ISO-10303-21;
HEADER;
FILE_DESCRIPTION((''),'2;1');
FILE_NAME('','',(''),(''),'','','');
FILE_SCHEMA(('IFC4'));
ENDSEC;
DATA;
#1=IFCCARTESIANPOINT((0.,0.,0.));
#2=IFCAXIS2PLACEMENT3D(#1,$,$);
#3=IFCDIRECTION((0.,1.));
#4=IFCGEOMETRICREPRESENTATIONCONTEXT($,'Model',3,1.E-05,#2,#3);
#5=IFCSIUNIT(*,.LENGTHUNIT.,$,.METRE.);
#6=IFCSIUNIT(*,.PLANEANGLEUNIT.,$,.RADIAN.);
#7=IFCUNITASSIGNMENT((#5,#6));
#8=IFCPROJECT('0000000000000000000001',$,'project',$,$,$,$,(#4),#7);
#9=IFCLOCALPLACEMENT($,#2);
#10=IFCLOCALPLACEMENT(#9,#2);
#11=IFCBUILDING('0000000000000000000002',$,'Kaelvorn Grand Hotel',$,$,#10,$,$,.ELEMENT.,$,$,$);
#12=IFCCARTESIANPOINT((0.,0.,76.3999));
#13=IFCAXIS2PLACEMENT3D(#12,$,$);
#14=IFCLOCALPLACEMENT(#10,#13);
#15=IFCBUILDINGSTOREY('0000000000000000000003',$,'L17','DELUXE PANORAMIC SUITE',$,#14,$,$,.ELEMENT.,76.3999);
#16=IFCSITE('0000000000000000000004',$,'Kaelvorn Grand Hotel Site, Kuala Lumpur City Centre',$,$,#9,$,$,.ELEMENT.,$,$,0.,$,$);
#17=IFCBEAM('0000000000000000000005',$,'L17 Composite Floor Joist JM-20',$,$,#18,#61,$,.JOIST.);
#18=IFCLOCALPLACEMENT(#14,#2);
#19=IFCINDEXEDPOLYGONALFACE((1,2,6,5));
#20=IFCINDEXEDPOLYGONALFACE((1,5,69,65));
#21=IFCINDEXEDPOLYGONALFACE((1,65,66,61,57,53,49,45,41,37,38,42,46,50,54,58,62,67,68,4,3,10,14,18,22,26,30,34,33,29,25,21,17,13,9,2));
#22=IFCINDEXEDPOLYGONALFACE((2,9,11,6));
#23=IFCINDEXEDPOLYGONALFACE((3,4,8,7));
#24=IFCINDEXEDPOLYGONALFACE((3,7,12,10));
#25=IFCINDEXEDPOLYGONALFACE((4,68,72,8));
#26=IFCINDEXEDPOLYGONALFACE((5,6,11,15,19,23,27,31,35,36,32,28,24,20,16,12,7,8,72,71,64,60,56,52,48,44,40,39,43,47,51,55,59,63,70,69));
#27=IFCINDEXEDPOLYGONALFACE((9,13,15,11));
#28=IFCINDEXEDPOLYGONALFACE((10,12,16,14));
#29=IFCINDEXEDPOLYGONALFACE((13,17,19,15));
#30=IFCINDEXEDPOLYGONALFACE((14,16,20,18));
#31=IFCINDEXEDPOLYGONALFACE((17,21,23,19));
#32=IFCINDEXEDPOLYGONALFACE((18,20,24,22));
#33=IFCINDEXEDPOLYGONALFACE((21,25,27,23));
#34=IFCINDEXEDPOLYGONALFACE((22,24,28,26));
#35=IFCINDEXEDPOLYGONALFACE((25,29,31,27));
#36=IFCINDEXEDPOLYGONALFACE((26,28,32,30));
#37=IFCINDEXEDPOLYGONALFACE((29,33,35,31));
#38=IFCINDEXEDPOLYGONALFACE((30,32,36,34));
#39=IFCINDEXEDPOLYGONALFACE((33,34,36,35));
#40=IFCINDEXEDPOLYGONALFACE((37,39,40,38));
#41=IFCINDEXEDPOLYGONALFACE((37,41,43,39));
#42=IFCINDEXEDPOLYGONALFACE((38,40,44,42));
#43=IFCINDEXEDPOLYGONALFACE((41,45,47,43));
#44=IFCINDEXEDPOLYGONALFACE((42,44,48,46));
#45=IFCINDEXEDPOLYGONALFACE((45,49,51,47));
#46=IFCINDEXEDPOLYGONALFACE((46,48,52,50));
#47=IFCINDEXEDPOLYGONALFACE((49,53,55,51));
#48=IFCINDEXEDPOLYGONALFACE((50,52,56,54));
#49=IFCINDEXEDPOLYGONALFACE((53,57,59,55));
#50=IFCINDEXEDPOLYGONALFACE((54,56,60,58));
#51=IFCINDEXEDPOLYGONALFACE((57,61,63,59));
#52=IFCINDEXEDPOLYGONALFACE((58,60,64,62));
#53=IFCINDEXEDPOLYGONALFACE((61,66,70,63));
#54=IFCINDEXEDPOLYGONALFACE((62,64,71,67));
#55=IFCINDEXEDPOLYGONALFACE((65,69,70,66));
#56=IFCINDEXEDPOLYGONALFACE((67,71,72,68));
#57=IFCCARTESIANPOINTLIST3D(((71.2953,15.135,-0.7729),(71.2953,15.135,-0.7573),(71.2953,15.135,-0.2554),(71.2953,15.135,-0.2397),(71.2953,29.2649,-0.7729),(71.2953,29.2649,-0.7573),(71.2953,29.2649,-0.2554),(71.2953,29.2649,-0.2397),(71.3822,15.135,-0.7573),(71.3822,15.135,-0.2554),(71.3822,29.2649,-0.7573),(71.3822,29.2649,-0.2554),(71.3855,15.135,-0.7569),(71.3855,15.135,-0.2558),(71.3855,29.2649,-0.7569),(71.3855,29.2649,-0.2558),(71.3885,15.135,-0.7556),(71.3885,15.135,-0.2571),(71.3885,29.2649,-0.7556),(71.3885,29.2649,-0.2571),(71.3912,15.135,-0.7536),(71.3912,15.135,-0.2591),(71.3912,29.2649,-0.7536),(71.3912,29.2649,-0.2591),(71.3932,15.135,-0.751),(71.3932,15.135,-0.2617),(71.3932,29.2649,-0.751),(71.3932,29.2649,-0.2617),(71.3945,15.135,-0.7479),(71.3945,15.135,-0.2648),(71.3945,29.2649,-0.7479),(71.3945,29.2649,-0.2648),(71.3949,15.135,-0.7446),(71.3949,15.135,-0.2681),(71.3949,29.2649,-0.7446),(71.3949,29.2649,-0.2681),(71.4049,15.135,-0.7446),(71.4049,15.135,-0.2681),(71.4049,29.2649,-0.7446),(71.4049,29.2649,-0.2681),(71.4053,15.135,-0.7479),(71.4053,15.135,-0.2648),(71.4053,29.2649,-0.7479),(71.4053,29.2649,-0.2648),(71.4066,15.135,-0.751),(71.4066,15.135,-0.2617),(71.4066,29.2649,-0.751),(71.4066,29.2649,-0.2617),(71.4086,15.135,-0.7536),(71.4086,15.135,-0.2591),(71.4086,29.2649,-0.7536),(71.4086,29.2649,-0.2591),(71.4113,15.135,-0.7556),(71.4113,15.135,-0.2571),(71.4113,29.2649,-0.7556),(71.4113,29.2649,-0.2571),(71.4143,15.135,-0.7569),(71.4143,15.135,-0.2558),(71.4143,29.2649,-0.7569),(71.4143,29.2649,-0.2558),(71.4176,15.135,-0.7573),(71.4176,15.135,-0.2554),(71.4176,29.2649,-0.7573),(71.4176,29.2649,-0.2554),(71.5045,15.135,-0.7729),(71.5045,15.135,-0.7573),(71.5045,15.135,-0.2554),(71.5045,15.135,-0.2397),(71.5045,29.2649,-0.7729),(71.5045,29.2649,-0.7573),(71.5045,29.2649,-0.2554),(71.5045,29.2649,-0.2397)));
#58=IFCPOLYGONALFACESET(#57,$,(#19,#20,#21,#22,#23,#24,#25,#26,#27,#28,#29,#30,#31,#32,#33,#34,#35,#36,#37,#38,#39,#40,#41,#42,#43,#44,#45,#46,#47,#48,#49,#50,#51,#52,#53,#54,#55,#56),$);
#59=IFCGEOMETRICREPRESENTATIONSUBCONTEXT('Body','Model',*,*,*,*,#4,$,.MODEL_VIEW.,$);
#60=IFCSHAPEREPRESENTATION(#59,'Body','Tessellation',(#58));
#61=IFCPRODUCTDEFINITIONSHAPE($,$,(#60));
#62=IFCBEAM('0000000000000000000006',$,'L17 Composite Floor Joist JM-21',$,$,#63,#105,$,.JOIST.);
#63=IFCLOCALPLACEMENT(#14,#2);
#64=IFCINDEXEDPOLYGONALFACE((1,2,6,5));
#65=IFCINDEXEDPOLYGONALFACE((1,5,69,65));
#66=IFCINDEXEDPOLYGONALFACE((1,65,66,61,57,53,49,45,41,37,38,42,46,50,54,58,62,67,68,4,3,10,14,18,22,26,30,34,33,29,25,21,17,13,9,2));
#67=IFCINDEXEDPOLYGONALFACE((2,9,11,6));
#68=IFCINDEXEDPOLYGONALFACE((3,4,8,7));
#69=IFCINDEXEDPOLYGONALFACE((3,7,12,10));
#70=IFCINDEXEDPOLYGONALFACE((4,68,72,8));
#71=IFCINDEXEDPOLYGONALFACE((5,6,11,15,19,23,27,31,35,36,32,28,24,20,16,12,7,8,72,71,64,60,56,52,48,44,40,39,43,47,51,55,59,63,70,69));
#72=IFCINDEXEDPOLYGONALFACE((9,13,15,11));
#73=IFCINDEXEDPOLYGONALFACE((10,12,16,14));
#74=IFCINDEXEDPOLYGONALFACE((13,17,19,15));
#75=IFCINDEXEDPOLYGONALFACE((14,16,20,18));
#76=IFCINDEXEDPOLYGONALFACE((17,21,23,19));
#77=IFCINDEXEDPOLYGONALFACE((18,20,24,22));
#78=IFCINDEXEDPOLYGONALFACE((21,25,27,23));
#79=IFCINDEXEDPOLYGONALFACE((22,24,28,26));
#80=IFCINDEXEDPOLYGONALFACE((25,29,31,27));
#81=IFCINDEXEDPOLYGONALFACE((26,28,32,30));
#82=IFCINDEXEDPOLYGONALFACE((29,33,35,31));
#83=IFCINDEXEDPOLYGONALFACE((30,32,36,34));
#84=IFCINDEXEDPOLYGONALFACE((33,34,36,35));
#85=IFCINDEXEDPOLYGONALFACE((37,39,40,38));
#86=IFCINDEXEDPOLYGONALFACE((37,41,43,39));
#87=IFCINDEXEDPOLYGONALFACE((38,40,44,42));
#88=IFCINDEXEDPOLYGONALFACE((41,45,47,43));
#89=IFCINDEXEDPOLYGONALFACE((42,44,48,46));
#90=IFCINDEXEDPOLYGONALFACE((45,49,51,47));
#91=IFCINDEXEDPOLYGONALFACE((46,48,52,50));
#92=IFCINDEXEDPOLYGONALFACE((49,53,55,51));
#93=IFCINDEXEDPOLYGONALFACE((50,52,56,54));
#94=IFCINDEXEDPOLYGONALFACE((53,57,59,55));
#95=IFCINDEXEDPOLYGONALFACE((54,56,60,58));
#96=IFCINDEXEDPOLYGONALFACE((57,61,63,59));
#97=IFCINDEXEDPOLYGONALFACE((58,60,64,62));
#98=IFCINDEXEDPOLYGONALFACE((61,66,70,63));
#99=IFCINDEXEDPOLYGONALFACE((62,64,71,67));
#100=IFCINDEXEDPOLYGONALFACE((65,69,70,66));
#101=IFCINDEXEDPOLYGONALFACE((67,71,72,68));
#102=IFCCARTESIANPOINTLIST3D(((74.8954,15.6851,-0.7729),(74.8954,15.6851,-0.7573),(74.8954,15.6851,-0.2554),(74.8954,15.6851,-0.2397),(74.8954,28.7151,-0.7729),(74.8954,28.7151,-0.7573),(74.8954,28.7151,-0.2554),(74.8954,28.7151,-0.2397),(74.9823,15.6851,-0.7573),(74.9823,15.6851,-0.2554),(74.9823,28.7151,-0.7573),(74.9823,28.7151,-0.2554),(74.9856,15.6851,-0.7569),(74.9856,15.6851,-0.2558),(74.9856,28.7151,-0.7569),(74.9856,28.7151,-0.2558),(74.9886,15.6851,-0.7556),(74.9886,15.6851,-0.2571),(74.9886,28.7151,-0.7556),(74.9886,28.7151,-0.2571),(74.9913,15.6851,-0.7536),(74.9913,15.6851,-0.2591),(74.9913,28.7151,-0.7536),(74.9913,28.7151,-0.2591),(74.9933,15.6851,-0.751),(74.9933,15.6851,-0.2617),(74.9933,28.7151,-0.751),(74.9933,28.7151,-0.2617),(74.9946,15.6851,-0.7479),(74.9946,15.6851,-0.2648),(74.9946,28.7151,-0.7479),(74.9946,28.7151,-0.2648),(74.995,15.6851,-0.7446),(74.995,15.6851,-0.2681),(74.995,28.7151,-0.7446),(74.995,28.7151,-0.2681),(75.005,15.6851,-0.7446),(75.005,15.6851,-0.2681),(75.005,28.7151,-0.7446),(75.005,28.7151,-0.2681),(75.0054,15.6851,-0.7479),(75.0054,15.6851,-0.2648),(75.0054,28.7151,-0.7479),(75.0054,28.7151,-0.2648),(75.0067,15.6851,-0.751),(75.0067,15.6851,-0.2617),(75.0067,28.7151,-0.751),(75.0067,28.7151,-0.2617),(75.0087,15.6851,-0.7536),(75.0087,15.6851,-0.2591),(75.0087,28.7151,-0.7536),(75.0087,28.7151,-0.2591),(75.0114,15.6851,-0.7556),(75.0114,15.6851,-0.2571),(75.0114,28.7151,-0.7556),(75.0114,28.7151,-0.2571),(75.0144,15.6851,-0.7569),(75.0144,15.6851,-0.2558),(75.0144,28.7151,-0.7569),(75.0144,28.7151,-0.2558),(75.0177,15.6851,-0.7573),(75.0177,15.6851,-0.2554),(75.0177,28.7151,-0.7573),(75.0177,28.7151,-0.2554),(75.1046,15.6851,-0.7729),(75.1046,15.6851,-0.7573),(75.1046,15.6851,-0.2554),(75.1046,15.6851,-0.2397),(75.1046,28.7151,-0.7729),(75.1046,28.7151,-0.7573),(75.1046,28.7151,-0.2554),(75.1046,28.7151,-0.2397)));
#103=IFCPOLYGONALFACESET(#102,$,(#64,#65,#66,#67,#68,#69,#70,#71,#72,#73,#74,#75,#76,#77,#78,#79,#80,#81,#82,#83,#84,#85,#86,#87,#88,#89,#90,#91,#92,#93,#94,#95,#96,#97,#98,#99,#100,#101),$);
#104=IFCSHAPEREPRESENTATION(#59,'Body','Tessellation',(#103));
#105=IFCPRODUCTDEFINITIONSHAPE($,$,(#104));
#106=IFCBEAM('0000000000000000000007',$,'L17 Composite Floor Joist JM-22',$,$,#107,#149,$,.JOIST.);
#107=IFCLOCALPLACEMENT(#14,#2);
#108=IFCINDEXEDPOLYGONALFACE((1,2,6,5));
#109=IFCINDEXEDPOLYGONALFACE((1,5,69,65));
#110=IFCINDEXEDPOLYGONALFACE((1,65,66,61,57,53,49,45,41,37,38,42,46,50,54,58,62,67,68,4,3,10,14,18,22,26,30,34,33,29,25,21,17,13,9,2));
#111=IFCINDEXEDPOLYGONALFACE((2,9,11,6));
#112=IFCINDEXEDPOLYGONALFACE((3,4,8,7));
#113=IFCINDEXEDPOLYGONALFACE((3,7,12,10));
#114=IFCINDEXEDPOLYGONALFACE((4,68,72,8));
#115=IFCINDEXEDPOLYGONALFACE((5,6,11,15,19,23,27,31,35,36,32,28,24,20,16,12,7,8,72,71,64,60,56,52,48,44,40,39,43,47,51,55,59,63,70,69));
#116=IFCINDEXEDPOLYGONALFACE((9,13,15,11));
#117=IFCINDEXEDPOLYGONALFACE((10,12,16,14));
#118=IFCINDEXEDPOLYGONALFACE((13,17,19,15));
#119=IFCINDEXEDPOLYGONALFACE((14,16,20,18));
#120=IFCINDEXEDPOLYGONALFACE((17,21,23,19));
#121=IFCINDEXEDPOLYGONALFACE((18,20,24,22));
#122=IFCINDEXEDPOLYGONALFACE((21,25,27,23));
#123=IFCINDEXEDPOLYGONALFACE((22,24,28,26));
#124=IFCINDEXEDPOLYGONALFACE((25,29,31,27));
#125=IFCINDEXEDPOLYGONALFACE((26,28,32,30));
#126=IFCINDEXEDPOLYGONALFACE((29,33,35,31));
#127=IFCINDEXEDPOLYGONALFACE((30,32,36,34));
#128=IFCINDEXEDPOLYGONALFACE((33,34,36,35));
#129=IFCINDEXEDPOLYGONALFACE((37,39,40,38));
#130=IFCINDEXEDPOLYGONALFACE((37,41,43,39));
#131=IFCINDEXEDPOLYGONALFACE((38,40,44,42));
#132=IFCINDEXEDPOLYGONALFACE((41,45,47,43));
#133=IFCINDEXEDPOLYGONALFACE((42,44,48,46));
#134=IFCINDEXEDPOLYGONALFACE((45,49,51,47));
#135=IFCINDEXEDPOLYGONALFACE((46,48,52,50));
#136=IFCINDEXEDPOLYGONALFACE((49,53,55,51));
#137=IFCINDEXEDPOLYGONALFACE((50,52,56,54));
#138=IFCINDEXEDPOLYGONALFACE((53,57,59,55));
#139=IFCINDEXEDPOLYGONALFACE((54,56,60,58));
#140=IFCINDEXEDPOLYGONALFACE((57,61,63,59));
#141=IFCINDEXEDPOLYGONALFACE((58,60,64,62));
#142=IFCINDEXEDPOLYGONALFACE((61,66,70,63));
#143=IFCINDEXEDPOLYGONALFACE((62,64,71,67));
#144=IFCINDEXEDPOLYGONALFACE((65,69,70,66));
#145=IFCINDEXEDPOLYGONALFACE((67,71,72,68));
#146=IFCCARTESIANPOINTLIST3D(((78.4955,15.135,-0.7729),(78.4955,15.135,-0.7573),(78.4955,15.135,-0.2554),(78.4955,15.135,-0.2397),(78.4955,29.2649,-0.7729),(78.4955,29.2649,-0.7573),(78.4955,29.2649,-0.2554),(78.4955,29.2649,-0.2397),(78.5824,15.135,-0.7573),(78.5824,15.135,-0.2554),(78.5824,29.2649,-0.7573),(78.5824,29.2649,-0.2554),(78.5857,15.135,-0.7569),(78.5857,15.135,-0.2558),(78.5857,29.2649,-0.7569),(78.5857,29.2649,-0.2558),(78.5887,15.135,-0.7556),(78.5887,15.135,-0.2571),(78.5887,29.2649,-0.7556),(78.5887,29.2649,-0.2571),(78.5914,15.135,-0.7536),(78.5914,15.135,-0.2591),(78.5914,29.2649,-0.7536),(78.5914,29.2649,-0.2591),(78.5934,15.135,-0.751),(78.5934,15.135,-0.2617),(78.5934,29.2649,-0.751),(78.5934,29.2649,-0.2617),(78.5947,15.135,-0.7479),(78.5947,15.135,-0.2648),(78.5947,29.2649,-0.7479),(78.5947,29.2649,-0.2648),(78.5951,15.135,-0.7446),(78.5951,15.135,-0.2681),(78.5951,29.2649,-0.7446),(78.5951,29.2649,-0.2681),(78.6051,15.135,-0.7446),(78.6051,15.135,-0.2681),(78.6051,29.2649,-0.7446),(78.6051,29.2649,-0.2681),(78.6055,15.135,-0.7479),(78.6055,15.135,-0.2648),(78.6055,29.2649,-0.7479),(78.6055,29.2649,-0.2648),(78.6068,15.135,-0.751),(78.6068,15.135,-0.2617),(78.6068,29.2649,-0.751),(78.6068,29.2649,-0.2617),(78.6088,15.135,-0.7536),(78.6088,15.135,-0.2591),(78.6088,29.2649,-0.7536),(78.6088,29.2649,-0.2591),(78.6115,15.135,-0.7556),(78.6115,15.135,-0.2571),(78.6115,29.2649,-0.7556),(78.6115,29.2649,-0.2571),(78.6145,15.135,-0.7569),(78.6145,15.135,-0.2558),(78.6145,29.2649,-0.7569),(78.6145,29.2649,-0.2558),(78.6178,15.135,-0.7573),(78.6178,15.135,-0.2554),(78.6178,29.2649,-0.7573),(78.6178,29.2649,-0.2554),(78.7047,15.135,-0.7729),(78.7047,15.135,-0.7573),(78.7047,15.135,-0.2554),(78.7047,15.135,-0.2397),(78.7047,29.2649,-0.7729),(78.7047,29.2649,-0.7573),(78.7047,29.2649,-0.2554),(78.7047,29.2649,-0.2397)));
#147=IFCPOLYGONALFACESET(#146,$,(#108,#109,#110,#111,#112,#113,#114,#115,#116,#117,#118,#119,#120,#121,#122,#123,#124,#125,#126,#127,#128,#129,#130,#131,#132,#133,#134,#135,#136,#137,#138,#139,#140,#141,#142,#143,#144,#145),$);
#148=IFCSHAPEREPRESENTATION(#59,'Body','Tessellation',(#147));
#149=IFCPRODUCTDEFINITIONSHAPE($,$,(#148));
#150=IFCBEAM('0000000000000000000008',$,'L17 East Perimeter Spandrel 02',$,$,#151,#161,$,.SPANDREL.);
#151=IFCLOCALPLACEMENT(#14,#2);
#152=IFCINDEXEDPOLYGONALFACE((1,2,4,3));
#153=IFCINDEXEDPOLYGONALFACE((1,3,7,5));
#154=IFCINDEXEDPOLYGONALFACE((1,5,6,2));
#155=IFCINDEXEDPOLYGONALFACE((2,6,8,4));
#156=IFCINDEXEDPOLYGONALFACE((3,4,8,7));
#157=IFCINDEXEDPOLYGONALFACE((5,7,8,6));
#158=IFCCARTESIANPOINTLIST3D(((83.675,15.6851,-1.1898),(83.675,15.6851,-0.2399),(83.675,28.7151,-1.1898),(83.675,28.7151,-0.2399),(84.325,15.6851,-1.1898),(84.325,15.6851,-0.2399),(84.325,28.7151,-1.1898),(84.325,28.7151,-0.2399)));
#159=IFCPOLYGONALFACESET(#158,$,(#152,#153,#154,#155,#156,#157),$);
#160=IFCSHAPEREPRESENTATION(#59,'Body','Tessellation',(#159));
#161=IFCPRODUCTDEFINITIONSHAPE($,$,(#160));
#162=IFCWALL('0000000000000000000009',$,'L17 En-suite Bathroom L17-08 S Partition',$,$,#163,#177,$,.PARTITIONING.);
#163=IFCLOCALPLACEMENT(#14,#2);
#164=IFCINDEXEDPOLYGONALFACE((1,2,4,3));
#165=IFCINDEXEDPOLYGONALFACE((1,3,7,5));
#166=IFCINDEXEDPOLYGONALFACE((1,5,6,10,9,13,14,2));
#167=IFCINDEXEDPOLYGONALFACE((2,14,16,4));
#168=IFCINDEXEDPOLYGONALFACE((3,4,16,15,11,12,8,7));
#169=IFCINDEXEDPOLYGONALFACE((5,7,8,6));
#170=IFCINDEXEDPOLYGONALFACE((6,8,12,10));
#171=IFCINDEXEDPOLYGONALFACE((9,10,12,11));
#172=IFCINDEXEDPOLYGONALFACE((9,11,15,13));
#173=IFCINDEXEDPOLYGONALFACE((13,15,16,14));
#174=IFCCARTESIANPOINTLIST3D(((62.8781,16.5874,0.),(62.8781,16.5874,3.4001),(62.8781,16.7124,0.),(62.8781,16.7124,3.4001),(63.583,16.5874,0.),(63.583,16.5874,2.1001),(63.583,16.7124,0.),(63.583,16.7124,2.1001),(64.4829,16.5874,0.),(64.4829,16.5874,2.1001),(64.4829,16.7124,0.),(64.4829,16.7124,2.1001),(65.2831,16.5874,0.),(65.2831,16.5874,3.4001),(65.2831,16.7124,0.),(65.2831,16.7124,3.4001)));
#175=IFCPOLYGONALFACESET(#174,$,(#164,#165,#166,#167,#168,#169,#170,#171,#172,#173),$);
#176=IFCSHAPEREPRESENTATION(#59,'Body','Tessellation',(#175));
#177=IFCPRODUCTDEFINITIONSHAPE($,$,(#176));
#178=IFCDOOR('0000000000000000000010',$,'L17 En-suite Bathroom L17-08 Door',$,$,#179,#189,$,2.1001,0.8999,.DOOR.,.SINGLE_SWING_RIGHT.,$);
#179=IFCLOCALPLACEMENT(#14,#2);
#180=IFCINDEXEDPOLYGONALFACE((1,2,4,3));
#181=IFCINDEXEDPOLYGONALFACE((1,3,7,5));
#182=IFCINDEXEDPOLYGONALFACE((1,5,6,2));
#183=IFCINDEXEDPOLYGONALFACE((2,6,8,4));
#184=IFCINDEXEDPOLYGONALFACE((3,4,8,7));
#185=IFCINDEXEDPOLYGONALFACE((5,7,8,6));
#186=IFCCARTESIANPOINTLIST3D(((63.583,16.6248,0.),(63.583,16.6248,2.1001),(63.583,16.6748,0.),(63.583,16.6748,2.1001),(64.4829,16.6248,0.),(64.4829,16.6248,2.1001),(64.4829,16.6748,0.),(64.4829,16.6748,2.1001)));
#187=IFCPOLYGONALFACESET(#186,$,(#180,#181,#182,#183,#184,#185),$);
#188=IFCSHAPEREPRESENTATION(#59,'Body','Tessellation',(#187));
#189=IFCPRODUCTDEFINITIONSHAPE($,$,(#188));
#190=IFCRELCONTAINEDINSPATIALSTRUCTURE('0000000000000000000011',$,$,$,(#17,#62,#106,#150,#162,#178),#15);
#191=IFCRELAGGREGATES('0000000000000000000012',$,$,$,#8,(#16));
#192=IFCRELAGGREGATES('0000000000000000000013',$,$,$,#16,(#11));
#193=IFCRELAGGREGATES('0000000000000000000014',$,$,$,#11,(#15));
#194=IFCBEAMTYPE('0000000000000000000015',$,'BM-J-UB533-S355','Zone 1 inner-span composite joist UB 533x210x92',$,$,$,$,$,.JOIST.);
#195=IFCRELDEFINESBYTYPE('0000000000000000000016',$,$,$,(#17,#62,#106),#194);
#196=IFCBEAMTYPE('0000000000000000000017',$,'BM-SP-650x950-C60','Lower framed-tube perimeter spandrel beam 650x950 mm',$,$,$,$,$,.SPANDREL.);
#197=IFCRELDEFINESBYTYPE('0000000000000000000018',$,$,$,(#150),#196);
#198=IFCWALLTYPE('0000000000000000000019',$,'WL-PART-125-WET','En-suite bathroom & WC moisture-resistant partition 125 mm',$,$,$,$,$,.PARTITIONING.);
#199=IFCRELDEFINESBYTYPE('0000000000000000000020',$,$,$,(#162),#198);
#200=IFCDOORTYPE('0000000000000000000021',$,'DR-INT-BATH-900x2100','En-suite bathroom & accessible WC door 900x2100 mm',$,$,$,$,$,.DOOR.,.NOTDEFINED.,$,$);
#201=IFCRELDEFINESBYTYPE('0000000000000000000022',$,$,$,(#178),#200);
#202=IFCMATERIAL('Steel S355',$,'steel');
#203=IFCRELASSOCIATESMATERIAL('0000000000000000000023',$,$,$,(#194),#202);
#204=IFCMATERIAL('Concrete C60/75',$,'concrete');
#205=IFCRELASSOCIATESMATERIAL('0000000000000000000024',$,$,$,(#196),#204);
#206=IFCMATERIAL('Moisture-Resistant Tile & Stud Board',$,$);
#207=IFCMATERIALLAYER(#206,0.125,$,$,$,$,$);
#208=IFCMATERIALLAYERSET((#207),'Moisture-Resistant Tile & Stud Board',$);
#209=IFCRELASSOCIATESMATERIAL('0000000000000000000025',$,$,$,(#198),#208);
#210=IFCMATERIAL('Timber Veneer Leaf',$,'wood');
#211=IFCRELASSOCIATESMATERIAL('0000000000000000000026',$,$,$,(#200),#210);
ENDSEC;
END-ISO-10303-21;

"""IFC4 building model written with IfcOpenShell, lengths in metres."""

from ifc_helpers import new_model, si_unit, direction, frame, frame_2d, origin, origin_2d, place, context, subcontext, project, spatial, rectangle, i_section, extrude, material, layer, layer_set, material_profile, profile_set, type_object, element, fill, save


model = new_model("IFC4")

# Units and contexts
model_context = context("Model", 3, precision=1e-05, world=origin(), true_north=direction((0.0, 1.0)))
body_context = subcontext(model_context, "Body", "Model", "MODEL_VIEW")
ifc_project = project(units=[si_unit("LENGTHUNIT", "METRE"), si_unit("PLANEANGLEUNIT", "RADIAN")], contexts=[model_context])

# Site, building, storey
site_placement = place(None, origin())
site = spatial("IfcSite", under=ifc_project, at=site_placement, Name="Kaelvorn Grand Hotel Site, Kuala Lumpur City Centre", CompositionType="ELEMENT", RefElevation=0.0)
building_placement = place(site_placement, origin())
building = spatial("IfcBuilding", under=site, at=building_placement, Name="Kaelvorn Grand Hotel", CompositionType="ELEMENT")
storey_placement = place(building_placement, frame((0.0, 0.0, 76.3999)))
storey = spatial("IfcBuildingStorey", under=building, at=storey_placement, Name="L17", Description="DELUXE PANORAMIC SUITE", CompositionType="ELEMENT", Elevation=76.3999)

# Beams
ifc_material_1 = material(Name="Steel S355", Category="steel")
ifc_material_profile_1 = material_profile(ifc_material_1, i_section(OverallWidth=0.2092, OverallDepth=0.5332, WebThickness=0.01, FlangeThickness=0.0156, FilletRadius=0.0127, at=origin_2d()), Name="UB 533x210x92")
ifc_profile_set_1 = profile_set([ifc_material_profile_1], Name="Steel S355")
beam_type_1 = type_object("IfcBeamType", Name="BM-J-UB533-S355", Description="Zone 1 inner-span composite joist UB 533x210x92", PredefinedType="JOIST", material=ifc_profile_set_1)
beam_1_placement = place(storey_placement, frame((71.3999, 15.135, -0.5063), z_axis=(0.0, 1.0, 0.0), x_axis=(-1.0, 0.0, 0.0)))
element("IfcBeam", 1, at=beam_1_placement, inside=storey, type_object=beam_type_1, Name="L17 Composite Floor Joist JM-20", PredefinedType="JOIST", context=body_context, shape_type="SweptSolid", body=[
    extrude(i_section(OverallWidth=0.2092, OverallDepth=0.5332, WebThickness=0.01, FlangeThickness=0.0156, FilletRadius=0.0127, at=origin_2d()), origin(), (0.0, 0.0, 1.0), 14.1299),
])
beam_2_placement = place(storey_placement, frame((75.0, 15.6851, -0.5063), z_axis=(0.0, 1.0, 0.0), x_axis=(-1.0, 0.0, 0.0)))
element("IfcBeam", 2, at=beam_2_placement, inside=storey, type_object=beam_type_1, Name="L17 Composite Floor Joist JM-21", PredefinedType="JOIST", context=body_context, shape_type="SweptSolid", body=[
    extrude(i_section(OverallWidth=0.2092, OverallDepth=0.5332, WebThickness=0.01, FlangeThickness=0.0156, FilletRadius=0.0127, at=origin_2d()), origin(), (0.0, 0.0, 1.0), 13.03),
])
beam_3_placement = place(storey_placement, frame((78.6001, 15.135, -0.5063), z_axis=(0.0, 1.0, 0.0), x_axis=(-1.0, 0.0, 0.0)))
element("IfcBeam", 3, at=beam_3_placement, inside=storey, type_object=beam_type_1, Name="L17 Composite Floor Joist JM-22", PredefinedType="JOIST", context=body_context, shape_type="SweptSolid", body=[
    extrude(i_section(OverallWidth=0.2092, OverallDepth=0.5332, WebThickness=0.01, FlangeThickness=0.0156, FilletRadius=0.0127, at=origin_2d()), origin(), (0.0, 0.0, 1.0), 14.1299),
])
ifc_material_2 = material(Name="Concrete C60/75", Category="concrete")
ifc_material_profile_2 = material_profile(ifc_material_2, rectangle(XDim=0.6499, YDim=0.95, at=origin_2d()), Name="RC SPANDREL 650x950")
ifc_profile_set_2 = profile_set([ifc_material_profile_2], Name="Concrete C60/75")
beam_type_2 = type_object("IfcBeamType", Name="BM-SP-650x950-C60", Description="Lower framed-tube perimeter spandrel beam 650x950 mm", PredefinedType="SPANDREL", material=ifc_profile_set_2)
beam_4_placement = place(storey_placement, frame((84.0, 15.6851, -0.7148), z_axis=(0.0, 1.0, 0.0), x_axis=(-1.0, 0.0, 0.0)))
element("IfcBeam", 4, at=beam_4_placement, inside=storey, type_object=beam_type_2, Name="L17 East Perimeter Spandrel 02", PredefinedType="SPANDREL", context=body_context, shape_type="SweptSolid", body=[
    extrude(rectangle(XDim=0.6499, YDim=0.95, at=origin_2d()), origin(), (0.0, 0.0, 1.0), 13.03),
])

# Wall, opening, door
ifc_material_3 = material(Name="Moisture-Resistant Tile & Stud Board")
ifc_layer_1 = layer(ifc_material_3, 0.125)
ifc_layer_set_1 = layer_set([ifc_layer_1], Name="Moisture-Resistant Tile & Stud Board")
wall_type_1 = type_object("IfcWallType", Name="WL-PART-125-WET", Description="En-suite bathroom & WC moisture-resistant partition 125 mm", PredefinedType="PARTITIONING", material=ifc_layer_set_1)
wall_1_placement = place(storey_placement, frame((62.8779, 16.6499, 0.0), z_axis=(0.0, 0.0, 1.0), x_axis=(1.0, 0.0, 0.0)))
wall_1 = element("IfcWall", 5, at=wall_1_placement, inside=storey, type_object=wall_type_1, Name="L17 En-suite Bathroom L17-08 S Partition", PredefinedType="PARTITIONING", context=body_context, shape_type="SweptSolid", body=[
    extrude(rectangle(XDim=2.405, YDim=0.125, at=frame_2d((1.2026, 0.0))), origin(), (0.0, 0.0, 1.0), 3.4001),
])
opening_1_placement = place(wall_1_placement, frame((0.7051, 0.0, 0.0)))
opening_1 = element("IfcOpeningElement", 6, at=opening_1_placement, cuts=wall_1, PredefinedType="OPENING", context=body_context, shape_type="SweptSolid", body=[
    extrude(rectangle(XDim=0.8999, YDim=2.1001, at=frame_2d((0.45, 1.05))), frame((0.0, 0.0725, 0.0), z_axis=(0.0, -1.0, 0.0), x_axis=(1.0, 0.0, 0.0)), (0.0, 0.0, 1.0), 0.145),
])
ifc_material_4 = material(Name="Timber Veneer Leaf", Category="wood")
door_type_1 = type_object("IfcDoorType", Name="DR-INT-BATH-900x2100", Description="En-suite bathroom & accessible WC door 900x2100 mm", OperationType="NOTDEFINED", PredefinedType="DOOR", material=ifc_material_4)
door_1_placement = place(opening_1_placement, origin())
door_1 = element("IfcDoor", 7, at=door_1_placement, inside=storey, type_object=door_type_1, Name="L17 En-suite Bathroom L17-08 Door", OperationType="SINGLE_SWING_RIGHT", OverallHeight=2.1001, OverallWidth=0.8999, PredefinedType="DOOR", context=body_context, shape_type="SweptSolid", body=[
    extrude(rectangle(XDim=0.8999, YDim=2.1001, at=frame_2d((0.45, 1.05))), frame((0.0, 0.0249, 0.0), z_axis=(0.0, -1.0, 0.0), x_axis=(1.0, 0.0, 0.0)), (0.0, 0.0, 1.0), 0.05),
])
fill(opening_1, door_1)

save(model, "model.ifc")
